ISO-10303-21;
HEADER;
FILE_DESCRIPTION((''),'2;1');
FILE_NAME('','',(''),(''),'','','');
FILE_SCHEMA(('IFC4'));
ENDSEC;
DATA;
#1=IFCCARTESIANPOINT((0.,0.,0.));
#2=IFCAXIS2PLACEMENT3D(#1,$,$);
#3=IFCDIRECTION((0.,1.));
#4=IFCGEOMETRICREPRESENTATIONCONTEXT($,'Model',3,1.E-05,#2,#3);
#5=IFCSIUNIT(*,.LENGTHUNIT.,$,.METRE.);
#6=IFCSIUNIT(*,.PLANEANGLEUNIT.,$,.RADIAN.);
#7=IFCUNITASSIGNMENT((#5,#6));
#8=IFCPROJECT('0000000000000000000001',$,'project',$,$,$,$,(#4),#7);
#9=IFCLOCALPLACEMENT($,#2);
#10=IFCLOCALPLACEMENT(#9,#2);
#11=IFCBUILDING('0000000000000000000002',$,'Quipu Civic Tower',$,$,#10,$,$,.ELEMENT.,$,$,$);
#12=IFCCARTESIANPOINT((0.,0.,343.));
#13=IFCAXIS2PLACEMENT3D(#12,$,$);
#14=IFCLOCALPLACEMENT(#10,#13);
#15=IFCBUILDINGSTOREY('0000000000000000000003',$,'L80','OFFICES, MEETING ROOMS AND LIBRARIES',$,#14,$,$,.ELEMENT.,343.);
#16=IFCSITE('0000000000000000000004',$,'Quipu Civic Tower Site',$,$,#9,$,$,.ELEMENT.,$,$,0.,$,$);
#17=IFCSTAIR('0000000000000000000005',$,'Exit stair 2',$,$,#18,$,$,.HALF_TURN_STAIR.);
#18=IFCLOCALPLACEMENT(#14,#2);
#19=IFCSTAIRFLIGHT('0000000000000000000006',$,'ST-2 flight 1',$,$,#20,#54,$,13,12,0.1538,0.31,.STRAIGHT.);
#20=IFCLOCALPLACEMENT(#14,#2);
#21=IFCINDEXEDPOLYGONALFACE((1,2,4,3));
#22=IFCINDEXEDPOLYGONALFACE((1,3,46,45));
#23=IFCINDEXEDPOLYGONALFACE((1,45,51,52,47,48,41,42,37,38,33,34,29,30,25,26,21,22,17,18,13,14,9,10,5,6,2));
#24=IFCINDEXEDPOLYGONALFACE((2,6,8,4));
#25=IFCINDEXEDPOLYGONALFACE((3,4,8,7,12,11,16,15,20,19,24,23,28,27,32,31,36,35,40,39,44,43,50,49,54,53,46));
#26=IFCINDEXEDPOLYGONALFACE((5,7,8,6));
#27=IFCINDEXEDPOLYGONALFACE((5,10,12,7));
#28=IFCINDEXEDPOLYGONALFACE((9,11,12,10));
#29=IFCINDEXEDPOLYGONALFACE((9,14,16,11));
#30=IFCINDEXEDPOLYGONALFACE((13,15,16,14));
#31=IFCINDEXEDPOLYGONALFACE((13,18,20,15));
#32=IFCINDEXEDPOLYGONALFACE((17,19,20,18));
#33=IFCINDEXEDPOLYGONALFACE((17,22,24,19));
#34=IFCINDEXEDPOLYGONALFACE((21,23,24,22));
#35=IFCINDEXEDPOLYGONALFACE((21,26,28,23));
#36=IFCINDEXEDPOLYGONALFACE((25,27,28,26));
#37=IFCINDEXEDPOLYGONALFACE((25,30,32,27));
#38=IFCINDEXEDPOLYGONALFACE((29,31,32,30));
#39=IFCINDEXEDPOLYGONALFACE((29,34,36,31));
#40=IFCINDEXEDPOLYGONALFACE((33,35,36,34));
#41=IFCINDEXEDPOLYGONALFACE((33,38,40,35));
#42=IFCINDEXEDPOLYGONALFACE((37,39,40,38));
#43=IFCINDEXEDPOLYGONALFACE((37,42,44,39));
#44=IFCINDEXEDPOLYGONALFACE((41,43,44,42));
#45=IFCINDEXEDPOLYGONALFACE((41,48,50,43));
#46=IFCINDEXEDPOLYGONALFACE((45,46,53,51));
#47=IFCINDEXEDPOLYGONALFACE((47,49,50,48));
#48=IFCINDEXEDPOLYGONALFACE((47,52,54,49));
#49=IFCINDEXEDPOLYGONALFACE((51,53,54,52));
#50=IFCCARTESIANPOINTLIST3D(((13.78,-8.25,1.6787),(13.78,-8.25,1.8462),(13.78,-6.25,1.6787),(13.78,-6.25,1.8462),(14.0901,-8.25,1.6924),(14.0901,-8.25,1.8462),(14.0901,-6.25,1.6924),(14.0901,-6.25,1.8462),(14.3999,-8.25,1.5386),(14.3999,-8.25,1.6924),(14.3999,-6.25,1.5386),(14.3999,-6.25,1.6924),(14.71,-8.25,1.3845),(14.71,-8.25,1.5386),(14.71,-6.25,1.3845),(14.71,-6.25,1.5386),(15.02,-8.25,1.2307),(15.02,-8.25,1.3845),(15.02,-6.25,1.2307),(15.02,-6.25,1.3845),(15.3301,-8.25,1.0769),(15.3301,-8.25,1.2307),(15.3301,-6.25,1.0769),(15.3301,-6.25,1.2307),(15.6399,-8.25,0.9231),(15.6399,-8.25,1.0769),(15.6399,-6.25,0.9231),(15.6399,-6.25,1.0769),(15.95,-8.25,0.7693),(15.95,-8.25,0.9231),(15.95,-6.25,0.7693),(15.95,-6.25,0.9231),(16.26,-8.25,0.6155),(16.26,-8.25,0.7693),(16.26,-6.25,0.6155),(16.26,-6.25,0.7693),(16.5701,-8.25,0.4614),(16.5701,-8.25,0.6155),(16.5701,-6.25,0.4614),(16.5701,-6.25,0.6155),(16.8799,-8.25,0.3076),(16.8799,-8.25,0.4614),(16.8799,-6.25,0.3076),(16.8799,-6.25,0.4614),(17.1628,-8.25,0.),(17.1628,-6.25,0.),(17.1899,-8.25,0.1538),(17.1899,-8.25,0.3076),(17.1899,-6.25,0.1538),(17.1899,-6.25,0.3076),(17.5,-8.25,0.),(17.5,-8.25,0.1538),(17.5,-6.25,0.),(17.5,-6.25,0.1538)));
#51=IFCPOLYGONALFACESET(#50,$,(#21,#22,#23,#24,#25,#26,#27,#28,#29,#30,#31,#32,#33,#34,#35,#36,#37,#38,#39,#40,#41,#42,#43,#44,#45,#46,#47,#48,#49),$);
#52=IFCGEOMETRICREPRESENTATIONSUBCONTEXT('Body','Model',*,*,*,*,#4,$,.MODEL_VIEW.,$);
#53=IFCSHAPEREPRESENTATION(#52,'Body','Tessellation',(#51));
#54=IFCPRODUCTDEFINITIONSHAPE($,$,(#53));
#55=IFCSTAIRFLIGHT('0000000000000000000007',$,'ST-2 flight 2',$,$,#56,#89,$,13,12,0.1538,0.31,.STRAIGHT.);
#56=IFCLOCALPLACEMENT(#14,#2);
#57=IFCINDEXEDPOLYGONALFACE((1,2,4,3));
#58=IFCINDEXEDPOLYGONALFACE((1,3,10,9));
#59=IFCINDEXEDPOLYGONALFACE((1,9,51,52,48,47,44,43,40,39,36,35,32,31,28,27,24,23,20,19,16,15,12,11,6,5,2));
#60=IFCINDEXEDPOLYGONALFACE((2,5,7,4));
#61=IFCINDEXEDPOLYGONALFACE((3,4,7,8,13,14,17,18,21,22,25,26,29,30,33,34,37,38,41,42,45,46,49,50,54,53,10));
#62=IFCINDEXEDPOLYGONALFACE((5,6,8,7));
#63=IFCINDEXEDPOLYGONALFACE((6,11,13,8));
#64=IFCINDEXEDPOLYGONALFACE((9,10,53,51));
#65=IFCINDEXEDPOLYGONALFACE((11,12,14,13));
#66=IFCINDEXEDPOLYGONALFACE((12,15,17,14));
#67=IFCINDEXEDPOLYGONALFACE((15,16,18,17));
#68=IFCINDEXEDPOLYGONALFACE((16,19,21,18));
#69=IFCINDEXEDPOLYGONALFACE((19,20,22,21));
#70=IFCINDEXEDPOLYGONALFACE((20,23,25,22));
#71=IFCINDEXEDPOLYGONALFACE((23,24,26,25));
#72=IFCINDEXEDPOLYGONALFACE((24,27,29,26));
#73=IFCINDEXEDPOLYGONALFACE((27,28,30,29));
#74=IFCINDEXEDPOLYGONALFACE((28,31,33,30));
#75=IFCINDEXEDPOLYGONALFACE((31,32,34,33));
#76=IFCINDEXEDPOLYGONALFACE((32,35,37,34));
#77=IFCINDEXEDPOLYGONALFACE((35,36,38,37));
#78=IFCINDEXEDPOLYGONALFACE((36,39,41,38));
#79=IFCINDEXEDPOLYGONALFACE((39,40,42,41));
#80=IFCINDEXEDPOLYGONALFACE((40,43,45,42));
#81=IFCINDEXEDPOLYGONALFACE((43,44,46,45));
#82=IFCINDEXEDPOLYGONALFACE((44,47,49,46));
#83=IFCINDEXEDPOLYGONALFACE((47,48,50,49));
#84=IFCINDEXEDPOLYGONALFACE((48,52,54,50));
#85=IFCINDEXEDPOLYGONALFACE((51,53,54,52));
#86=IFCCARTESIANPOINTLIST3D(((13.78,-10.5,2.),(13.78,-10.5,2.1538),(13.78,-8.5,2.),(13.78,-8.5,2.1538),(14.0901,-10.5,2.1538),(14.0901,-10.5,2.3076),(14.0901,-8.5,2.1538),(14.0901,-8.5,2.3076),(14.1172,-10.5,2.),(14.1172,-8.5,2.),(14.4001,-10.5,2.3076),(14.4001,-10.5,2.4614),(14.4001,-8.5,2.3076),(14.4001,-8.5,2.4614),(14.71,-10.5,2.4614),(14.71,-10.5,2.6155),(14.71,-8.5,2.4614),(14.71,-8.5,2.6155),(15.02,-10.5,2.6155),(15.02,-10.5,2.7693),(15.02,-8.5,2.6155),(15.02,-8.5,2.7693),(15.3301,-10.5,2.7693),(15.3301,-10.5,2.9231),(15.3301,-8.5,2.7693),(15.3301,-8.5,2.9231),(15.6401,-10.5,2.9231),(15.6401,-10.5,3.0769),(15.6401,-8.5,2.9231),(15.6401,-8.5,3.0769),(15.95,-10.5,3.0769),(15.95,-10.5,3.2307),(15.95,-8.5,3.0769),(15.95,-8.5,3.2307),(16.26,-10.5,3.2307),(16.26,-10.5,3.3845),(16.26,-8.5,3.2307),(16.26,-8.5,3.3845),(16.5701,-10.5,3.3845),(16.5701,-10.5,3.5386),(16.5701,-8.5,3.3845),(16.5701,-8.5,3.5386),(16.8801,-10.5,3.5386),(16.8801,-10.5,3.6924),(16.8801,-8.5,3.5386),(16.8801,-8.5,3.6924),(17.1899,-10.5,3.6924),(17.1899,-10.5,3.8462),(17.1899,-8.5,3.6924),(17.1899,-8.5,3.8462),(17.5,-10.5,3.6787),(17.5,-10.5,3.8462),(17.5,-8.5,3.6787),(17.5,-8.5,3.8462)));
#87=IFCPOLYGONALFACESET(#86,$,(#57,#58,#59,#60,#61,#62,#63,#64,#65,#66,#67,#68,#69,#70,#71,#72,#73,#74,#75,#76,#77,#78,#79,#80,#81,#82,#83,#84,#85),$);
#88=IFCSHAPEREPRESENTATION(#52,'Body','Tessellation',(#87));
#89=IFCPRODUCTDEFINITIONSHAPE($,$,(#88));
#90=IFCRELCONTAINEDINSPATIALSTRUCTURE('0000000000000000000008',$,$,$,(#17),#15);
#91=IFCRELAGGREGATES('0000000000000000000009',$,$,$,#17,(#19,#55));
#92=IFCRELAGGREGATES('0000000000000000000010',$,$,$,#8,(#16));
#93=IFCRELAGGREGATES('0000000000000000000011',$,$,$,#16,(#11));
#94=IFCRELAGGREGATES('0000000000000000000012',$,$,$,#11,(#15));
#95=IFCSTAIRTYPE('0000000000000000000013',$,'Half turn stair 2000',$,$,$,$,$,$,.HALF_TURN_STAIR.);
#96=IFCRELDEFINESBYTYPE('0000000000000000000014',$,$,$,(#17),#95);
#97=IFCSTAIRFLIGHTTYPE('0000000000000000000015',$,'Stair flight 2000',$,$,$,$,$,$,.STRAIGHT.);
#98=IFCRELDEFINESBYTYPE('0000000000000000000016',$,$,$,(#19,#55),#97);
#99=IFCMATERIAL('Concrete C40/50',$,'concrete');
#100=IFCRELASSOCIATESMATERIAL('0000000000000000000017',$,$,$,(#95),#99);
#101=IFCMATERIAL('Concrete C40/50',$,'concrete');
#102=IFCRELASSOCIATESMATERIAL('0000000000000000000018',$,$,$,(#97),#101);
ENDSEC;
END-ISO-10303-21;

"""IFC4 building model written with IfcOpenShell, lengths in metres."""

from ifc_helpers import new_model, si_unit, direction, frame, origin, place, context, subcontext, project, spatial, polyline, outline, extrude, material, type_object, element, aggregate, save


model = new_model("IFC4")

# Units and contexts
model_context = context("Model", 3, precision=1e-05, world=origin(), true_north=direction((0.0, 1.0)))
body_context = subcontext(model_context, "Body", "Model", "MODEL_VIEW")
ifc_project = project(units=[si_unit("LENGTHUNIT", "METRE"), si_unit("PLANEANGLEUNIT", "RADIAN")], contexts=[model_context])

# Site, building, storey
site_placement = place(None, origin())
site = spatial("IfcSite", under=ifc_project, at=site_placement, Name="Quipu Civic Tower Site", CompositionType="ELEMENT", RefElevation=0.0)
building_placement = place(site_placement, origin())
building = spatial("IfcBuilding", under=site, at=building_placement, Name="Quipu Civic Tower", CompositionType="ELEMENT")
storey_placement = place(building_placement, frame((0.0, 0.0, 343.0)))
storey = spatial("IfcBuildingStorey", under=building, at=storey_placement, Name="L80", Description="OFFICES, MEETING ROOMS AND LIBRARIES", CompositionType="ELEMENT", Elevation=343.0)

# Stair, stair flights
ifc_material_1 = material(Name="Concrete C40/50", Category="concrete")
stair_type = type_object("IfcStairType", Name="Half turn stair 2000", PredefinedType="HALF_TURN_STAIR", material=ifc_material_1)
stair_placement = place(storey_placement, origin())
stair = element("IfcStair", 1, at=stair_placement, inside=storey, type_object=stair_type, Name="Exit stair 2", PredefinedType="HALF_TURN_STAIR")
ifc_material_2 = material(Name="Concrete C40/50", Category="concrete")
stair_flight_type = type_object("IfcStairFlightType", Name="Stair flight 2000", PredefinedType="STRAIGHT", material=ifc_material_2)
stair_flight_1_placement = place(storey_placement, frame((17.5, -7.25, 0.0), z_axis=(0.0, 0.0, 1.0), x_axis=(-1.0, 0.0, 0.0)))
stair_flight_1 = element("IfcStairFlight", 2, at=stair_flight_1_placement, type_object=stair_flight_type, Name="ST-2 flight 1", NumberOfRisers=13, NumberOfTreads=12, PredefinedType="STRAIGHT", RiserHeight=0.1538, TreadLength=0.31, context=body_context, shape_type="SweptSolid", body=[
    extrude(outline(polyline([(0.0, 0.0), (0.0, 0.1538), (0.3101, 0.1538), (0.3101, 0.3076), (0.6201, 0.3076), (0.6201, 0.4614), (0.9299, 0.4614), (0.9299, 0.6155), (1.24, 0.6155), (1.24, 0.7693), (1.55, 0.7693), (1.55, 0.9231), (1.8601, 0.9231), (1.8601, 1.0769), (2.1699, 1.0769), (2.1699, 1.2307), (2.48, 1.2307), (2.48, 1.3845), (2.79, 1.3845), (2.79, 1.5386), (3.1001, 1.5386), (3.1001, 1.6924), (3.4099, 1.6924), (3.4099, 1.8462), (3.72, 1.8462), (3.72, 2.0), (3.72, 1.6787), (0.3372, 0.0), (0.0, 0.0)])), frame((0.0, 1.0, 0.0), z_axis=(0.0, -1.0, 0.0), x_axis=(1.0, 0.0, 0.0)), (0.0, 0.0, 1.0), 2.0),
])
stair_flight_2_placement = place(storey_placement, frame((13.78, -9.5, 2.0), z_axis=(0.0, 0.0, 1.0), x_axis=(1.0, 0.0, 0.0)))
stair_flight_2 = element("IfcStairFlight", 3, at=stair_flight_2_placement, type_object=stair_flight_type, Name="ST-2 flight 2", NumberOfRisers=13, NumberOfTreads=12, PredefinedType="STRAIGHT", RiserHeight=0.1538, TreadLength=0.31, context=body_context, shape_type="SweptSolid", body=[
    extrude(outline(polyline([(0.0, 0.0), (0.0, 0.1538), (0.3101, 0.1538), (0.3101, 0.3076), (0.6201, 0.3076), (0.6201, 0.4614), (0.9299, 0.4614), (0.9299, 0.6155), (1.24, 0.6155), (1.24, 0.7693), (1.55, 0.7693), (1.55, 0.9231), (1.8601, 0.9231), (1.8601, 1.0769), (2.1699, 1.0769), (2.1699, 1.2307), (2.48, 1.2307), (2.48, 1.3845), (2.79, 1.3845), (2.79, 1.5386), (3.1001, 1.5386), (3.1001, 1.6924), (3.4099, 1.6924), (3.4099, 1.8462), (3.72, 1.8462), (3.72, 2.0), (3.72, 1.6787), (0.3372, 0.0), (0.0, 0.0)])), frame((0.0, 1.0, 0.0), z_axis=(0.0, -1.0, 0.0), x_axis=(1.0, 0.0, 0.0)), (0.0, 0.0, 1.0), 2.0),
])
aggregate(stair, [stair_flight_1, stair_flight_2])

save(model, "model.ifc")
